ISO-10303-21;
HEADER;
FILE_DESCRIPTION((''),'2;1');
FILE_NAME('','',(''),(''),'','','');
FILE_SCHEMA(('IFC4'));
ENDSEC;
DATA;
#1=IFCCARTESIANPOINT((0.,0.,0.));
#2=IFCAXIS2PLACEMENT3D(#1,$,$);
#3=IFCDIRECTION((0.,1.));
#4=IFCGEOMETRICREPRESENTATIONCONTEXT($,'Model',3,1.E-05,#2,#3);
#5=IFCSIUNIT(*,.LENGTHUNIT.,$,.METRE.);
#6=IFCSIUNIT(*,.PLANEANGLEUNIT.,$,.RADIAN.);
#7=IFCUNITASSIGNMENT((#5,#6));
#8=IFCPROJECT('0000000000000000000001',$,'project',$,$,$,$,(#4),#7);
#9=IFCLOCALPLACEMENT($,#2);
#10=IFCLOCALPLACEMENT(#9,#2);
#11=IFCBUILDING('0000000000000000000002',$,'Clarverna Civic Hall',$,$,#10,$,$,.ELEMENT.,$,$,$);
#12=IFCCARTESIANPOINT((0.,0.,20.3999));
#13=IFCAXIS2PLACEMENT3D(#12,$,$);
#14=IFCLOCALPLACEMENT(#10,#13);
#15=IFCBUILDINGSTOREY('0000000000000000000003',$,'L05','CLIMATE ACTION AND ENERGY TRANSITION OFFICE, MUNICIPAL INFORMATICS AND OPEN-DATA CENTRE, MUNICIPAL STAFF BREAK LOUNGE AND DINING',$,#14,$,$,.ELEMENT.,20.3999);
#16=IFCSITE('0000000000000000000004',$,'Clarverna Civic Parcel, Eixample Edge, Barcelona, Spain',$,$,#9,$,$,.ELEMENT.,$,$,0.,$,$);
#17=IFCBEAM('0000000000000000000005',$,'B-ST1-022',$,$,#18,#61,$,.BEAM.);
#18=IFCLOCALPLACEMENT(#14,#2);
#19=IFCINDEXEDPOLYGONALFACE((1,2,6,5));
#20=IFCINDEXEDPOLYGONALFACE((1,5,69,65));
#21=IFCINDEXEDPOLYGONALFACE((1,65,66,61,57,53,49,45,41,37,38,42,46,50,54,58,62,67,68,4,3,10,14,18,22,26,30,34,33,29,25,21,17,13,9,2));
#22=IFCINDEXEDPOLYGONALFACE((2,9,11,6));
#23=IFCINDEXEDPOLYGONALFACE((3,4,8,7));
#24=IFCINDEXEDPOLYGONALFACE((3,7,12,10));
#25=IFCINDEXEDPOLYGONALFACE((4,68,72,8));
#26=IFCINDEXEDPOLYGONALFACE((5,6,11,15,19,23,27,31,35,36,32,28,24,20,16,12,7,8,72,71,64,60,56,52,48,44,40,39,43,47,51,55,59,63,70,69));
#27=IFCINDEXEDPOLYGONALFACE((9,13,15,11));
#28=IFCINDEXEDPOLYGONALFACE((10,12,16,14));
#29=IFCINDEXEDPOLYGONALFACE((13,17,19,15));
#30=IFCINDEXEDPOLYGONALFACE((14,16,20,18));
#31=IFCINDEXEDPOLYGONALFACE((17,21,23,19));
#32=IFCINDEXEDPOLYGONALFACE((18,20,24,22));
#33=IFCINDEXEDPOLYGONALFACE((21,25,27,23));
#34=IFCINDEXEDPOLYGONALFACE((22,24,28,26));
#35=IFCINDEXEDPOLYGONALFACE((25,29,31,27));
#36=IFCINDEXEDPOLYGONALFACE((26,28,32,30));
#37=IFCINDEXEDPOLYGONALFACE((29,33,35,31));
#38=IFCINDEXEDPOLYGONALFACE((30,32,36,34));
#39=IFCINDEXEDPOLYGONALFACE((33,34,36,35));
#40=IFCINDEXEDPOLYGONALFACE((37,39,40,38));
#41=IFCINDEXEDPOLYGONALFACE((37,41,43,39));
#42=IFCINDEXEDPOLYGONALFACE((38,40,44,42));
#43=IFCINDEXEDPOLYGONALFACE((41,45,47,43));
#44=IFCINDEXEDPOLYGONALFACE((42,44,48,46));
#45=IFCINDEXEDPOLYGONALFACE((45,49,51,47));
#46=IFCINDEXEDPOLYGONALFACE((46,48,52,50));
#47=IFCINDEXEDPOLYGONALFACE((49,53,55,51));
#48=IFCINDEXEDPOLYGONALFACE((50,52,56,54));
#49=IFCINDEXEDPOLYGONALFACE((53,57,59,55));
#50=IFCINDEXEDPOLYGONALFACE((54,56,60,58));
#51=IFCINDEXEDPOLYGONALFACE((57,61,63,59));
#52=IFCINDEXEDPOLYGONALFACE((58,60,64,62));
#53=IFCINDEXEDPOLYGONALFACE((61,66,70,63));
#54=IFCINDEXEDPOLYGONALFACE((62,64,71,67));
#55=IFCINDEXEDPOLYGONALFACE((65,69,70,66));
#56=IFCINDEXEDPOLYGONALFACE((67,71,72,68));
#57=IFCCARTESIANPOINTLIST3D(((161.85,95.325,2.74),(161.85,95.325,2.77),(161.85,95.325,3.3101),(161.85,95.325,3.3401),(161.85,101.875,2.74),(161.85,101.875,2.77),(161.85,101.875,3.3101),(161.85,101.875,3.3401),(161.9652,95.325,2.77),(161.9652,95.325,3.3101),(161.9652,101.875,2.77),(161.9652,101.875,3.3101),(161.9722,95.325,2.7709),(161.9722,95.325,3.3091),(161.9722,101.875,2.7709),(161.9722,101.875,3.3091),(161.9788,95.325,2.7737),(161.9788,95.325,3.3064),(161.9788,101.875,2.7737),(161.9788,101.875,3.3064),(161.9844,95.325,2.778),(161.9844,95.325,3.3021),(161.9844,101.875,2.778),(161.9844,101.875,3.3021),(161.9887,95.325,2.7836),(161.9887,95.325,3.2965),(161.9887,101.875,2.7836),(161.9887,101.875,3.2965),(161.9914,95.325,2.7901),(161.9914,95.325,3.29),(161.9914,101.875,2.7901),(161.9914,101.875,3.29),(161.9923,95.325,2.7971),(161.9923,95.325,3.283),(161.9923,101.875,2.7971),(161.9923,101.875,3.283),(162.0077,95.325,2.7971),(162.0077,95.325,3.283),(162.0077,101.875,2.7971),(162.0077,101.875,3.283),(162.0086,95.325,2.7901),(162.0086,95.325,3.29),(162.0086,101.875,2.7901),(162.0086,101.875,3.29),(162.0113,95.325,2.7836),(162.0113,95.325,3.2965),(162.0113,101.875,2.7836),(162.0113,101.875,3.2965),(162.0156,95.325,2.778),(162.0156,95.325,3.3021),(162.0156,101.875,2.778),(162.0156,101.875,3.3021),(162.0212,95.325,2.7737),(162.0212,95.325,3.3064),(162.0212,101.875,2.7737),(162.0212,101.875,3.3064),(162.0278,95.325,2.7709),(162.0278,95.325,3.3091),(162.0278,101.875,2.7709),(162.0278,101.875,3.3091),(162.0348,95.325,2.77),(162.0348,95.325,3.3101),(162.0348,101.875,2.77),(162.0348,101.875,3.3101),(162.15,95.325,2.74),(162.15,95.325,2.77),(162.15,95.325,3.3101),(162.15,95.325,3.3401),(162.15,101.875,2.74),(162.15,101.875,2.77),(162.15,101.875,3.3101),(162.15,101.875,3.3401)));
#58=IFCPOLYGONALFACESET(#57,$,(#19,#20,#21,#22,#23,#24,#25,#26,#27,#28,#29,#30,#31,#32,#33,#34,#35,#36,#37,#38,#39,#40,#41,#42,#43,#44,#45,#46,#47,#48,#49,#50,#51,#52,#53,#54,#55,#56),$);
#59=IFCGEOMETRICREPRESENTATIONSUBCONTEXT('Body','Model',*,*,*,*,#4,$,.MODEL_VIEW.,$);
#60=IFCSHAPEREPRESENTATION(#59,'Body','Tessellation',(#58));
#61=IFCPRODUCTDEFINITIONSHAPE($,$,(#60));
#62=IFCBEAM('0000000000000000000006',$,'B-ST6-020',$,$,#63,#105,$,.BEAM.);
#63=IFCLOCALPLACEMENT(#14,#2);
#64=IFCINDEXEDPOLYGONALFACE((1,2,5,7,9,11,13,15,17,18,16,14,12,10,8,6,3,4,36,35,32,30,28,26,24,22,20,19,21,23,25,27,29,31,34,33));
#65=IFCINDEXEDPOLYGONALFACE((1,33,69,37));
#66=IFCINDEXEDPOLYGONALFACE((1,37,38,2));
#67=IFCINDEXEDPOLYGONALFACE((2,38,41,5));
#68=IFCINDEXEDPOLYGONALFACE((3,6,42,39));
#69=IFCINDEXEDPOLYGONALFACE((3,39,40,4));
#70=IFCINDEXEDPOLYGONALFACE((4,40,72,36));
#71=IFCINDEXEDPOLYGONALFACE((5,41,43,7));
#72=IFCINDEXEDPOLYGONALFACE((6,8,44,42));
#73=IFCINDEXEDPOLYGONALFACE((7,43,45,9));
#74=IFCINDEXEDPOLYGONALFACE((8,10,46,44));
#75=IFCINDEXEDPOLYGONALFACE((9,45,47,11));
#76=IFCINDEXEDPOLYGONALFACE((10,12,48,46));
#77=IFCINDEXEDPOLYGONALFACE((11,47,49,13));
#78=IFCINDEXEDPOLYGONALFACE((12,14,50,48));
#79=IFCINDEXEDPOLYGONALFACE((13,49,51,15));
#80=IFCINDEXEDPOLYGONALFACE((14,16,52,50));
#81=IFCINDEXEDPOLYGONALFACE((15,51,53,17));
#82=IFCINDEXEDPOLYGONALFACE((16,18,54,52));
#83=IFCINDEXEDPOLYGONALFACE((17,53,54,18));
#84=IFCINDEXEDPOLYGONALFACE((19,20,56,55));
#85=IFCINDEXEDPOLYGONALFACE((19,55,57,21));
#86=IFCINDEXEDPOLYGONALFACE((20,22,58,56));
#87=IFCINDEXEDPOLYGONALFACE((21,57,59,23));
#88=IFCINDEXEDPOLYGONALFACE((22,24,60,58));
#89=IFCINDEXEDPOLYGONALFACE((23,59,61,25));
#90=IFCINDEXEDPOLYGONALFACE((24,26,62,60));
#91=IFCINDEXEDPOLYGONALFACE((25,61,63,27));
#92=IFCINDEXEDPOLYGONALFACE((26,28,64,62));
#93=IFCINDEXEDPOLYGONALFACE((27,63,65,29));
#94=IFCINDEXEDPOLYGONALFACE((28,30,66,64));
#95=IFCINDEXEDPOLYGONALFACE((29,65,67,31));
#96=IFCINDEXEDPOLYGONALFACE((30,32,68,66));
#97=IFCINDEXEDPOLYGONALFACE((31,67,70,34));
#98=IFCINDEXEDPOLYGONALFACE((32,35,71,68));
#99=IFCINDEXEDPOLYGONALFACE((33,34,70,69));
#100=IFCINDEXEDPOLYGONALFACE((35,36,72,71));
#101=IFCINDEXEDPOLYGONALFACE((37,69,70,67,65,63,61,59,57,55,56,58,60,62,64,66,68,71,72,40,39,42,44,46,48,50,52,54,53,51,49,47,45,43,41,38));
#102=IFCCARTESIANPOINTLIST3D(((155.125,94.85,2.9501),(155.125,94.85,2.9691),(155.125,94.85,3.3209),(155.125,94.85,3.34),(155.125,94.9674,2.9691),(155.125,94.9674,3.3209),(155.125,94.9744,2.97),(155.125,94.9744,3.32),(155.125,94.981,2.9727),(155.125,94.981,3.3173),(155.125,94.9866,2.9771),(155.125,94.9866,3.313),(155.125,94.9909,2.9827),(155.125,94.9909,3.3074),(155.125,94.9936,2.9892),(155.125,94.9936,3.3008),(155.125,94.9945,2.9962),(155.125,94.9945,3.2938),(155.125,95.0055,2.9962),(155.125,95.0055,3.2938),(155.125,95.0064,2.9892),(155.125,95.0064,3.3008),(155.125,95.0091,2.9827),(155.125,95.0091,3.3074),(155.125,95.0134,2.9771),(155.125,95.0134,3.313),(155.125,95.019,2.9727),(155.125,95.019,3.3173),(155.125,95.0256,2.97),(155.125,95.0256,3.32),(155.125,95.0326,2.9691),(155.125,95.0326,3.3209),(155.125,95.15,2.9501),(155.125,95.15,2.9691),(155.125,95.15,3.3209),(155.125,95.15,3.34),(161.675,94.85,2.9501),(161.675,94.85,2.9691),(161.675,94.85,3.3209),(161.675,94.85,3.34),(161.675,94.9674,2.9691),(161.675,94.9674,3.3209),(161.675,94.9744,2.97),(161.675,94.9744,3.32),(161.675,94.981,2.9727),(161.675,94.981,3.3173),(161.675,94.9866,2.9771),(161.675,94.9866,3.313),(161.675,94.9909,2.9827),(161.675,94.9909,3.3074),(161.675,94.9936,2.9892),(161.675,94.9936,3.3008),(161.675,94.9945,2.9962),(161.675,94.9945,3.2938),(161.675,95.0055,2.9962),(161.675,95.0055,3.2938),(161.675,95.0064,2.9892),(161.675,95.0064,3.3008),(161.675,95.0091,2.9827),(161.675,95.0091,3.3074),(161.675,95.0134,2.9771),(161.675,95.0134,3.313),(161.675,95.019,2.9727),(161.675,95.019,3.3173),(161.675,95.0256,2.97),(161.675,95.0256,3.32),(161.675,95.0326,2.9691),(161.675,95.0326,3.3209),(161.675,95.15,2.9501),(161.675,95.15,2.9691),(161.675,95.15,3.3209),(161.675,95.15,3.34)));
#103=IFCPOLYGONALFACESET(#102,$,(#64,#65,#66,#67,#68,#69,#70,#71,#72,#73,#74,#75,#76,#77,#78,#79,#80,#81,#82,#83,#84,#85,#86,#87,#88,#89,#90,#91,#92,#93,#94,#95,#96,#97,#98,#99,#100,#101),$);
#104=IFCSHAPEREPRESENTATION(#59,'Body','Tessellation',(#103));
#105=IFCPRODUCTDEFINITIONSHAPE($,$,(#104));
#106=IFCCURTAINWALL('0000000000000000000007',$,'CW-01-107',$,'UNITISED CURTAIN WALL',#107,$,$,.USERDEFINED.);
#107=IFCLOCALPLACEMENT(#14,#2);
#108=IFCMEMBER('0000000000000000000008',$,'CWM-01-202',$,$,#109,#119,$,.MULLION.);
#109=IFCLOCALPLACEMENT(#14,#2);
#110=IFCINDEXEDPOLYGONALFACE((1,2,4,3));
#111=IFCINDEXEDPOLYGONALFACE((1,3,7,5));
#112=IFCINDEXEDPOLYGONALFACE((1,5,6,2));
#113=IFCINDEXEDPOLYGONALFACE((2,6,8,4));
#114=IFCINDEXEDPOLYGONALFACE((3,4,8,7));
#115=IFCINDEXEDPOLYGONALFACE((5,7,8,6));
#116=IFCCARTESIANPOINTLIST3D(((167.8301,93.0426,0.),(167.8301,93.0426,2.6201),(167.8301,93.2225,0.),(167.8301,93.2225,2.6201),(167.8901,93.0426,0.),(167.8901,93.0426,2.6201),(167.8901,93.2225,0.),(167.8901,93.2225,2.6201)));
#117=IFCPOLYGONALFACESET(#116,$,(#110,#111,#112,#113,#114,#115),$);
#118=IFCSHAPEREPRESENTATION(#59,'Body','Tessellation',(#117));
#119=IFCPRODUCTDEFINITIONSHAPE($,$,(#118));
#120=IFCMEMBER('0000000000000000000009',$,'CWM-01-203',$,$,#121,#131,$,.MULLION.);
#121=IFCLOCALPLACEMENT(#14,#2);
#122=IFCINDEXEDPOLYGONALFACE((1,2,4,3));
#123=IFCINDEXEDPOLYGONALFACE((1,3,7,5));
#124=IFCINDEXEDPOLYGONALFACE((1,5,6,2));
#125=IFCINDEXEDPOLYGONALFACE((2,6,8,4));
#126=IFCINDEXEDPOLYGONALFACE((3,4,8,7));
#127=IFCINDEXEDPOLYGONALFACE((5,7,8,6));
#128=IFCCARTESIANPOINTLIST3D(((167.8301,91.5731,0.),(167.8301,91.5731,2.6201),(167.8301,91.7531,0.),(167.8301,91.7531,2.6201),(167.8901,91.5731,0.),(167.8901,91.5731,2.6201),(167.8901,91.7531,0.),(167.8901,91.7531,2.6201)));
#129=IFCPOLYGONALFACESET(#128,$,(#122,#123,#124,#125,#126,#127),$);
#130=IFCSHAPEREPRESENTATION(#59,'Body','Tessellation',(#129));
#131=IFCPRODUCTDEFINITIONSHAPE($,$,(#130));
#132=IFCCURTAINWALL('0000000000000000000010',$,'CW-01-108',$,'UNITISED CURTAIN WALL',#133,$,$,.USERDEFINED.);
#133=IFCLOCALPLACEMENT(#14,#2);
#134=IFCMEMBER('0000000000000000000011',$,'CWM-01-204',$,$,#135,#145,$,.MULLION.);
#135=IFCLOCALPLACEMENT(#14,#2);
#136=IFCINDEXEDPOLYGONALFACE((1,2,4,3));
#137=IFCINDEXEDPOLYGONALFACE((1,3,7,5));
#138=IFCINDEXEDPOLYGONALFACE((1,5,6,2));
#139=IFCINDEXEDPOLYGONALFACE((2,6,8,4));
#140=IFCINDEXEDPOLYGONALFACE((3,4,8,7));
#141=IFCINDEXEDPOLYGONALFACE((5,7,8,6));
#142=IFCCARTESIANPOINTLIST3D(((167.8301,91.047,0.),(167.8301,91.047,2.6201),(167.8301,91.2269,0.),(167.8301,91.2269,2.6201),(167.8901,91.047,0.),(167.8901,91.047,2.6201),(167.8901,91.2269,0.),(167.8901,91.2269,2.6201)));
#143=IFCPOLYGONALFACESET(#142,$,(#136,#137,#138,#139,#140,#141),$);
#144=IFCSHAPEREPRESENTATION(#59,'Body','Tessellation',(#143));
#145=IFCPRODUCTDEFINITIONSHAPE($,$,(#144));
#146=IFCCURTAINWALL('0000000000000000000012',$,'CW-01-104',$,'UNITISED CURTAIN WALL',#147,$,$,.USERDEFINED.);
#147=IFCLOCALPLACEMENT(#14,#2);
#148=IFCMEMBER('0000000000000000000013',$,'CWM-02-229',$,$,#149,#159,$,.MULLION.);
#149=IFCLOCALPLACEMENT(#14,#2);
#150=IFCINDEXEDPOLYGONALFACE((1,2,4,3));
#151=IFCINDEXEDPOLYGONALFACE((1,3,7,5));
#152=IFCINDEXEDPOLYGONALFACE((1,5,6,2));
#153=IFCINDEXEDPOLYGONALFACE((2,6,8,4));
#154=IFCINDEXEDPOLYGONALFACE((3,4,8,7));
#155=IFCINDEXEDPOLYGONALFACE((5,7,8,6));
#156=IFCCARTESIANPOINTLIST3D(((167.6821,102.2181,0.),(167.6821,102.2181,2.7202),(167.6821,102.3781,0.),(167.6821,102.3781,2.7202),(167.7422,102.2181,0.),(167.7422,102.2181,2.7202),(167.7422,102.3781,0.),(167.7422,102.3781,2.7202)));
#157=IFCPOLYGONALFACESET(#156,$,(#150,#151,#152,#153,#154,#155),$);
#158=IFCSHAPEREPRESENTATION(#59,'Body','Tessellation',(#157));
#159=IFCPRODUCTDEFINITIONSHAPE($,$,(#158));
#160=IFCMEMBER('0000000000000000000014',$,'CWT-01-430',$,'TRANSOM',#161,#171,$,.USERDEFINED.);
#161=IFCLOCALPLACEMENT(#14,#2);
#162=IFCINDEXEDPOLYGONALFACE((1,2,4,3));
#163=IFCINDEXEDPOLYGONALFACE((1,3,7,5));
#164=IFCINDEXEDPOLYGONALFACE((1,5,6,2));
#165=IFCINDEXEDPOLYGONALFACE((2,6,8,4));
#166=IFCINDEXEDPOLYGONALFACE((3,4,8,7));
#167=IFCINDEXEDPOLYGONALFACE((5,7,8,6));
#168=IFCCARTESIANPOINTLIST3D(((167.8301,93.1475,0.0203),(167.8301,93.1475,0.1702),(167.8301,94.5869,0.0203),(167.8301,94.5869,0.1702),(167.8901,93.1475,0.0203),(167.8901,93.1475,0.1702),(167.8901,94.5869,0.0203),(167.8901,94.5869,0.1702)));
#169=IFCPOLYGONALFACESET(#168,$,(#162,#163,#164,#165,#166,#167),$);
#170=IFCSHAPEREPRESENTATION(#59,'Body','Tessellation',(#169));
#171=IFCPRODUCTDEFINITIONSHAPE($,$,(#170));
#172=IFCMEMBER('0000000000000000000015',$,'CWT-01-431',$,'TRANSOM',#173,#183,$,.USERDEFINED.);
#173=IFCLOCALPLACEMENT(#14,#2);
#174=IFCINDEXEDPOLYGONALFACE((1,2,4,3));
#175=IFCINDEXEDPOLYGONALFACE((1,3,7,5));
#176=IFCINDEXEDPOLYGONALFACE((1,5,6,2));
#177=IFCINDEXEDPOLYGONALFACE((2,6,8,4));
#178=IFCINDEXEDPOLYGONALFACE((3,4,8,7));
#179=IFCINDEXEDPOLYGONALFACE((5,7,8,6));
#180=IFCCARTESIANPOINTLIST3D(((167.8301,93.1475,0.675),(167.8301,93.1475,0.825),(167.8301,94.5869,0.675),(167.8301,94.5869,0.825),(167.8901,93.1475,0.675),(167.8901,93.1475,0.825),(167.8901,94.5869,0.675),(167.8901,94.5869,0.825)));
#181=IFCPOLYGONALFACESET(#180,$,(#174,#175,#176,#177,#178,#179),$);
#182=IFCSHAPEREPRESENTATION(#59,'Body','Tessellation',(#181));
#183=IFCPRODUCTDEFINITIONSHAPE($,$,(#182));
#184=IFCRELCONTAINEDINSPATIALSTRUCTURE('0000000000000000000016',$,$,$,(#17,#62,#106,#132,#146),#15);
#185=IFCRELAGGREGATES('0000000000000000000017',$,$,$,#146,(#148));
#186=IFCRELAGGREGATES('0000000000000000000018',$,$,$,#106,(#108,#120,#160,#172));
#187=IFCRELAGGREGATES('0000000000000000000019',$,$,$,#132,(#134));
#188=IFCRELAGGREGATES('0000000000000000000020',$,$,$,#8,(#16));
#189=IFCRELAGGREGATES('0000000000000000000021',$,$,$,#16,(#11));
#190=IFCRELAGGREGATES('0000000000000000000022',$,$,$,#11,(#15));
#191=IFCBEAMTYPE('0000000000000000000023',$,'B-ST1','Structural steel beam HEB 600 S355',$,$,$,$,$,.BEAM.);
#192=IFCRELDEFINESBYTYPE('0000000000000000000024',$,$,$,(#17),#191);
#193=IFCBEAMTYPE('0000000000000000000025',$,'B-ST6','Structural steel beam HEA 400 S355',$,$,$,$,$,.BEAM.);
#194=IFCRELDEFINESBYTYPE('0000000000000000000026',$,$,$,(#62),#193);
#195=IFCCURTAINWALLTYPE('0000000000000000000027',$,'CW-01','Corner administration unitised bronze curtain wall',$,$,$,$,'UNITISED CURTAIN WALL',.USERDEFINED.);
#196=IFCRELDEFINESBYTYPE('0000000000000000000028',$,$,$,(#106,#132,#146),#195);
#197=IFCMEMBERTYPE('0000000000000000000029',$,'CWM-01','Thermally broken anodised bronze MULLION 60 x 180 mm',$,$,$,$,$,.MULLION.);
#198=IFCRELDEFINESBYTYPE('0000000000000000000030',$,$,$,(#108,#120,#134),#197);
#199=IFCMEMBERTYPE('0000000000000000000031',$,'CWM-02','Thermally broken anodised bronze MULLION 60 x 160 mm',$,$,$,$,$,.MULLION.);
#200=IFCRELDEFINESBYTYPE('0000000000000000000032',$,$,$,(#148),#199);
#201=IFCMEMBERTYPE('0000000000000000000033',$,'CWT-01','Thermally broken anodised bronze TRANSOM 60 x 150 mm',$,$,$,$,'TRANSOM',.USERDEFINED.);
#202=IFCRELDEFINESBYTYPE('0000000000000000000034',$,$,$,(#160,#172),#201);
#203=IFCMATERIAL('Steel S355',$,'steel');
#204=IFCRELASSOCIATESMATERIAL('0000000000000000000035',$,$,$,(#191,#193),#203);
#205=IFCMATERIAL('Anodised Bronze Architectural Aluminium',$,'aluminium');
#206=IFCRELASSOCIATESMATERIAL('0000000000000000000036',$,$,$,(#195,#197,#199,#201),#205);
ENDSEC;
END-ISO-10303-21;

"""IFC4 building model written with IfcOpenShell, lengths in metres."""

from ifc_helpers import new_model, si_unit, direction, frame, origin, origin_2d, place, context, subcontext, project, spatial, rectangle, i_section, extrude, material, material_profile, profile_set, type_object, element, aggregate, save


model = new_model("IFC4")

# Units and contexts
model_context = context("Model", 3, precision=1e-05, world=origin(), true_north=direction((0.0, 1.0)))
body_context = subcontext(model_context, "Body", "Model", "MODEL_VIEW")
ifc_project = project(units=[si_unit("LENGTHUNIT", "METRE"), si_unit("PLANEANGLEUNIT", "RADIAN")], contexts=[model_context])

# Site, building, storey
site_placement = place(None, origin())
site = spatial("IfcSite", under=ifc_project, at=site_placement, Name="Clarverna Civic Parcel, Eixample Edge, Barcelona, Spain", CompositionType="ELEMENT", RefElevation=0.0)
building_placement = place(site_placement, origin())
building = spatial("IfcBuilding", under=site, at=building_placement, Name="Clarverna Civic Hall", CompositionType="ELEMENT")
storey_placement = place(building_placement, frame((0.0, 0.0, 20.3999)))
storey = spatial("IfcBuildingStorey", under=building, at=storey_placement, Name="L05", Description="CLIMATE ACTION AND ENERGY TRANSITION OFFICE, MUNICIPAL INFORMATICS AND OPEN-DATA CENTRE, MUNICIPAL STAFF BREAK LOUNGE AND DINING", CompositionType="ELEMENT", Elevation=20.3999)

# Beams
ifc_material_1 = material(Name="Steel S355", Category="steel")
ifc_material_profile_1 = material_profile(ifc_material_1, i_section(OverallWidth=0.3, OverallDepth=0.6001, WebThickness=0.0154, FlangeThickness=0.03, FilletRadius=0.0271, at=origin_2d()), Name="HEB 600")
ifc_profile_set_1 = profile_set([ifc_material_profile_1], Name="Steel S355")
beam_type_1 = type_object("IfcBeamType", Name="B-ST1", Description="Structural steel beam HEB 600 S355", PredefinedType="BEAM", material=ifc_profile_set_1)
beam_1_placement = place(storey_placement, frame((162.0, 95.325, 3.04), z_axis=(0.0, 1.0, 0.0), x_axis=(-1.0, 0.0, 0.0)))
element("IfcBeam", 1, at=beam_1_placement, inside=storey, type_object=beam_type_1, Name="B-ST1-022", PredefinedType="BEAM", context=body_context, shape_type="SweptSolid", body=[
    extrude(i_section(OverallWidth=0.3, OverallDepth=0.6001, WebThickness=0.0154, FlangeThickness=0.03, FilletRadius=0.0271, at=origin_2d()), origin(), (0.0, 0.0, 1.0), 6.55),
])
ifc_material_profile_2 = material_profile(ifc_material_1, i_section(OverallWidth=0.3, OverallDepth=0.3899, WebThickness=0.011, FlangeThickness=0.019, FilletRadius=0.0271, at=origin_2d()), Name="HEA 400")
ifc_profile_set_2 = profile_set([ifc_material_profile_2], Name="Steel S355")
beam_type_2 = type_object("IfcBeamType", Name="B-ST6", Description="Structural steel beam HEA 400 S355", PredefinedType="BEAM", material=ifc_profile_set_2)
beam_2_placement = place(storey_placement, frame((155.125, 95.0, 3.145), z_axis=(1.0, 0.0, 0.0), x_axis=(0.0, 1.0, 0.0)))
element("IfcBeam", 2, at=beam_2_placement, inside=storey, type_object=beam_type_2, Name="B-ST6-020", PredefinedType="BEAM", context=body_context, shape_type="SweptSolid", body=[
    extrude(i_section(OverallWidth=0.3, OverallDepth=0.3899, WebThickness=0.011, FlangeThickness=0.019, FilletRadius=0.0271, at=origin_2d()), origin(), (0.0, 0.0, 1.0), 6.55),
])

# Curtain wall, members
ifc_material_2 = material(Name="Anodised Bronze Architectural Aluminium", Category="aluminium")
curtain_wall_type = type_object("IfcCurtainWallType", Name="CW-01", Description="Corner administration unitised bronze curtain wall", ElementType="UNITISED CURTAIN WALL", PredefinedType="USERDEFINED", material=ifc_material_2)
curtain_wall_1_placement = place(storey_placement, origin())
curtain_wall_1 = element("IfcCurtainWall", 3, at=curtain_wall_1_placement, inside=storey, type_object=curtain_wall_type, Name="CW-01-107", ObjectType="UNITISED CURTAIN WALL", PredefinedType="USERDEFINED")
ifc_material_profile_3 = material_profile(ifc_material_2, rectangle(XDim=0.0601, YDim=0.1799, at=origin_2d()), Name="BRONZE 60x180")
ifc_profile_set_3 = profile_set([ifc_material_profile_3], Name="Anodised Bronze Architectural Aluminium")
member_type_1 = type_object("IfcMemberType", Name="CWM-01", Description="Thermally broken anodised bronze MULLION 60 x 180 mm", PredefinedType="MULLION", material=ifc_profile_set_3)
member_1_placement = place(storey_placement, frame((167.8601, 93.1326, 0.0), z_axis=(0.0, 0.0, 1.0), x_axis=(1.0, 0.0, 0.0)))
member_1 = element("IfcMember", 4, at=member_1_placement, type_object=member_type_1, Name="CWM-01-202", PredefinedType="MULLION", context=body_context, shape_type="SweptSolid", body=[
    extrude(rectangle(XDim=0.0601, YDim=0.1799, at=origin_2d()), origin(), (0.0, 0.0, 1.0), 2.6201),
])
member_2_placement = place(storey_placement, frame((167.8601, 91.6631, 0.0), z_axis=(0.0, 0.0, 1.0), x_axis=(1.0, 0.0, 0.0)))
member_2 = element("IfcMember", 5, at=member_2_placement, type_object=member_type_1, Name="CWM-01-203", PredefinedType="MULLION", context=body_context, shape_type="SweptSolid", body=[
    extrude(rectangle(XDim=0.0601, YDim=0.1799, at=origin_2d()), origin(), (0.0, 0.0, 1.0), 2.6201),
])

# Curtain walls, members
curtain_wall_2_placement = place(storey_placement, origin())
curtain_wall_2 = element("IfcCurtainWall", 6, at=curtain_wall_2_placement, inside=storey, type_object=curtain_wall_type, Name="CW-01-108", ObjectType="UNITISED CURTAIN WALL", PredefinedType="USERDEFINED")
member_3_placement = place(storey_placement, frame((167.8601, 91.137, 0.0), z_axis=(0.0, 0.0, 1.0), x_axis=(1.0, 0.0, 0.0)))
member_3 = element("IfcMember", 7, at=member_3_placement, type_object=member_type_1, Name="CWM-01-204", PredefinedType="MULLION", context=body_context, shape_type="SweptSolid", body=[
    extrude(rectangle(XDim=0.0601, YDim=0.1799, at=origin_2d()), origin(), (0.0, 0.0, 1.0), 2.6201),
])
curtain_wall_3_placement = place(storey_placement, origin())
curtain_wall_3 = element("IfcCurtainWall", 8, at=curtain_wall_3_placement, inside=storey, type_object=curtain_wall_type, Name="CW-01-104", ObjectType="UNITISED CURTAIN WALL", PredefinedType="USERDEFINED")
ifc_material_profile_4 = material_profile(ifc_material_2, rectangle(XDim=0.0601, YDim=0.1599, at=origin_2d()), Name="BRONZE 60x160")
ifc_profile_set_4 = profile_set([ifc_material_profile_4], Name="Anodised Bronze Architectural Aluminium")
member_type_2 = type_object("IfcMemberType", Name="CWM-02", Description="Thermally broken anodised bronze MULLION 60 x 160 mm", PredefinedType="MULLION", material=ifc_profile_set_4)
member_4_placement = place(storey_placement, frame((167.7122, 102.2981, 0.0), z_axis=(0.0, 0.0, 1.0), x_axis=(1.0, 0.0, 0.0)))
member_4 = element("IfcMember", 9, at=member_4_placement, type_object=member_type_2, Name="CWM-02-229", PredefinedType="MULLION", context=body_context, shape_type="SweptSolid", body=[
    extrude(rectangle(XDim=0.0601, YDim=0.1599, at=origin_2d()), origin(), (0.0, 0.0, 1.0), 2.7202),
])
aggregate(curtain_wall_3, [member_4])

# Members
ifc_material_profile_5 = material_profile(ifc_material_2, rectangle(XDim=0.0601, YDim=0.1499, at=origin_2d()), Name="BRONZE 60x150")
ifc_profile_set_5 = profile_set([ifc_material_profile_5], Name="Anodised Bronze Architectural Aluminium")
member_type_3 = type_object("IfcMemberType", Name="CWT-01", Description="Thermally broken anodised bronze TRANSOM 60 x 150 mm", ElementType="TRANSOM", PredefinedType="USERDEFINED", material=ifc_profile_set_5)
member_5_placement = place(storey_placement, frame((167.8601, 94.5869, 0.0952), z_axis=(0.0, -1.0, 0.0), x_axis=(1.0, 0.0, 0.0)))
member_5 = element("IfcMember", 10, at=member_5_placement, type_object=member_type_3, Name="CWT-01-430", ObjectType="TRANSOM", PredefinedType="USERDEFINED", context=body_context, shape_type="SweptSolid", body=[
    extrude(rectangle(XDim=0.0601, YDim=0.1499, at=origin_2d()), origin(), (0.0, 0.0, 1.0), 1.4395),
])
member_6_placement = place(storey_placement, frame((167.8601, 94.5869, 0.75), z_axis=(0.0, -1.0, 0.0), x_axis=(1.0, 0.0, 0.0)))
member_6 = element("IfcMember", 11, at=member_6_placement, type_object=member_type_3, Name="CWT-01-431", ObjectType="TRANSOM", PredefinedType="USERDEFINED", context=body_context, shape_type="SweptSolid", body=[
    extrude(rectangle(XDim=0.0601, YDim=0.1499, at=origin_2d()), origin(), (0.0, 0.0, 1.0), 1.4395),
])

aggregate(curtain_wall_1, [member_1, member_2, member_5, member_6])
aggregate(curtain_wall_2, [member_3])

save(model, "model.ifc")
